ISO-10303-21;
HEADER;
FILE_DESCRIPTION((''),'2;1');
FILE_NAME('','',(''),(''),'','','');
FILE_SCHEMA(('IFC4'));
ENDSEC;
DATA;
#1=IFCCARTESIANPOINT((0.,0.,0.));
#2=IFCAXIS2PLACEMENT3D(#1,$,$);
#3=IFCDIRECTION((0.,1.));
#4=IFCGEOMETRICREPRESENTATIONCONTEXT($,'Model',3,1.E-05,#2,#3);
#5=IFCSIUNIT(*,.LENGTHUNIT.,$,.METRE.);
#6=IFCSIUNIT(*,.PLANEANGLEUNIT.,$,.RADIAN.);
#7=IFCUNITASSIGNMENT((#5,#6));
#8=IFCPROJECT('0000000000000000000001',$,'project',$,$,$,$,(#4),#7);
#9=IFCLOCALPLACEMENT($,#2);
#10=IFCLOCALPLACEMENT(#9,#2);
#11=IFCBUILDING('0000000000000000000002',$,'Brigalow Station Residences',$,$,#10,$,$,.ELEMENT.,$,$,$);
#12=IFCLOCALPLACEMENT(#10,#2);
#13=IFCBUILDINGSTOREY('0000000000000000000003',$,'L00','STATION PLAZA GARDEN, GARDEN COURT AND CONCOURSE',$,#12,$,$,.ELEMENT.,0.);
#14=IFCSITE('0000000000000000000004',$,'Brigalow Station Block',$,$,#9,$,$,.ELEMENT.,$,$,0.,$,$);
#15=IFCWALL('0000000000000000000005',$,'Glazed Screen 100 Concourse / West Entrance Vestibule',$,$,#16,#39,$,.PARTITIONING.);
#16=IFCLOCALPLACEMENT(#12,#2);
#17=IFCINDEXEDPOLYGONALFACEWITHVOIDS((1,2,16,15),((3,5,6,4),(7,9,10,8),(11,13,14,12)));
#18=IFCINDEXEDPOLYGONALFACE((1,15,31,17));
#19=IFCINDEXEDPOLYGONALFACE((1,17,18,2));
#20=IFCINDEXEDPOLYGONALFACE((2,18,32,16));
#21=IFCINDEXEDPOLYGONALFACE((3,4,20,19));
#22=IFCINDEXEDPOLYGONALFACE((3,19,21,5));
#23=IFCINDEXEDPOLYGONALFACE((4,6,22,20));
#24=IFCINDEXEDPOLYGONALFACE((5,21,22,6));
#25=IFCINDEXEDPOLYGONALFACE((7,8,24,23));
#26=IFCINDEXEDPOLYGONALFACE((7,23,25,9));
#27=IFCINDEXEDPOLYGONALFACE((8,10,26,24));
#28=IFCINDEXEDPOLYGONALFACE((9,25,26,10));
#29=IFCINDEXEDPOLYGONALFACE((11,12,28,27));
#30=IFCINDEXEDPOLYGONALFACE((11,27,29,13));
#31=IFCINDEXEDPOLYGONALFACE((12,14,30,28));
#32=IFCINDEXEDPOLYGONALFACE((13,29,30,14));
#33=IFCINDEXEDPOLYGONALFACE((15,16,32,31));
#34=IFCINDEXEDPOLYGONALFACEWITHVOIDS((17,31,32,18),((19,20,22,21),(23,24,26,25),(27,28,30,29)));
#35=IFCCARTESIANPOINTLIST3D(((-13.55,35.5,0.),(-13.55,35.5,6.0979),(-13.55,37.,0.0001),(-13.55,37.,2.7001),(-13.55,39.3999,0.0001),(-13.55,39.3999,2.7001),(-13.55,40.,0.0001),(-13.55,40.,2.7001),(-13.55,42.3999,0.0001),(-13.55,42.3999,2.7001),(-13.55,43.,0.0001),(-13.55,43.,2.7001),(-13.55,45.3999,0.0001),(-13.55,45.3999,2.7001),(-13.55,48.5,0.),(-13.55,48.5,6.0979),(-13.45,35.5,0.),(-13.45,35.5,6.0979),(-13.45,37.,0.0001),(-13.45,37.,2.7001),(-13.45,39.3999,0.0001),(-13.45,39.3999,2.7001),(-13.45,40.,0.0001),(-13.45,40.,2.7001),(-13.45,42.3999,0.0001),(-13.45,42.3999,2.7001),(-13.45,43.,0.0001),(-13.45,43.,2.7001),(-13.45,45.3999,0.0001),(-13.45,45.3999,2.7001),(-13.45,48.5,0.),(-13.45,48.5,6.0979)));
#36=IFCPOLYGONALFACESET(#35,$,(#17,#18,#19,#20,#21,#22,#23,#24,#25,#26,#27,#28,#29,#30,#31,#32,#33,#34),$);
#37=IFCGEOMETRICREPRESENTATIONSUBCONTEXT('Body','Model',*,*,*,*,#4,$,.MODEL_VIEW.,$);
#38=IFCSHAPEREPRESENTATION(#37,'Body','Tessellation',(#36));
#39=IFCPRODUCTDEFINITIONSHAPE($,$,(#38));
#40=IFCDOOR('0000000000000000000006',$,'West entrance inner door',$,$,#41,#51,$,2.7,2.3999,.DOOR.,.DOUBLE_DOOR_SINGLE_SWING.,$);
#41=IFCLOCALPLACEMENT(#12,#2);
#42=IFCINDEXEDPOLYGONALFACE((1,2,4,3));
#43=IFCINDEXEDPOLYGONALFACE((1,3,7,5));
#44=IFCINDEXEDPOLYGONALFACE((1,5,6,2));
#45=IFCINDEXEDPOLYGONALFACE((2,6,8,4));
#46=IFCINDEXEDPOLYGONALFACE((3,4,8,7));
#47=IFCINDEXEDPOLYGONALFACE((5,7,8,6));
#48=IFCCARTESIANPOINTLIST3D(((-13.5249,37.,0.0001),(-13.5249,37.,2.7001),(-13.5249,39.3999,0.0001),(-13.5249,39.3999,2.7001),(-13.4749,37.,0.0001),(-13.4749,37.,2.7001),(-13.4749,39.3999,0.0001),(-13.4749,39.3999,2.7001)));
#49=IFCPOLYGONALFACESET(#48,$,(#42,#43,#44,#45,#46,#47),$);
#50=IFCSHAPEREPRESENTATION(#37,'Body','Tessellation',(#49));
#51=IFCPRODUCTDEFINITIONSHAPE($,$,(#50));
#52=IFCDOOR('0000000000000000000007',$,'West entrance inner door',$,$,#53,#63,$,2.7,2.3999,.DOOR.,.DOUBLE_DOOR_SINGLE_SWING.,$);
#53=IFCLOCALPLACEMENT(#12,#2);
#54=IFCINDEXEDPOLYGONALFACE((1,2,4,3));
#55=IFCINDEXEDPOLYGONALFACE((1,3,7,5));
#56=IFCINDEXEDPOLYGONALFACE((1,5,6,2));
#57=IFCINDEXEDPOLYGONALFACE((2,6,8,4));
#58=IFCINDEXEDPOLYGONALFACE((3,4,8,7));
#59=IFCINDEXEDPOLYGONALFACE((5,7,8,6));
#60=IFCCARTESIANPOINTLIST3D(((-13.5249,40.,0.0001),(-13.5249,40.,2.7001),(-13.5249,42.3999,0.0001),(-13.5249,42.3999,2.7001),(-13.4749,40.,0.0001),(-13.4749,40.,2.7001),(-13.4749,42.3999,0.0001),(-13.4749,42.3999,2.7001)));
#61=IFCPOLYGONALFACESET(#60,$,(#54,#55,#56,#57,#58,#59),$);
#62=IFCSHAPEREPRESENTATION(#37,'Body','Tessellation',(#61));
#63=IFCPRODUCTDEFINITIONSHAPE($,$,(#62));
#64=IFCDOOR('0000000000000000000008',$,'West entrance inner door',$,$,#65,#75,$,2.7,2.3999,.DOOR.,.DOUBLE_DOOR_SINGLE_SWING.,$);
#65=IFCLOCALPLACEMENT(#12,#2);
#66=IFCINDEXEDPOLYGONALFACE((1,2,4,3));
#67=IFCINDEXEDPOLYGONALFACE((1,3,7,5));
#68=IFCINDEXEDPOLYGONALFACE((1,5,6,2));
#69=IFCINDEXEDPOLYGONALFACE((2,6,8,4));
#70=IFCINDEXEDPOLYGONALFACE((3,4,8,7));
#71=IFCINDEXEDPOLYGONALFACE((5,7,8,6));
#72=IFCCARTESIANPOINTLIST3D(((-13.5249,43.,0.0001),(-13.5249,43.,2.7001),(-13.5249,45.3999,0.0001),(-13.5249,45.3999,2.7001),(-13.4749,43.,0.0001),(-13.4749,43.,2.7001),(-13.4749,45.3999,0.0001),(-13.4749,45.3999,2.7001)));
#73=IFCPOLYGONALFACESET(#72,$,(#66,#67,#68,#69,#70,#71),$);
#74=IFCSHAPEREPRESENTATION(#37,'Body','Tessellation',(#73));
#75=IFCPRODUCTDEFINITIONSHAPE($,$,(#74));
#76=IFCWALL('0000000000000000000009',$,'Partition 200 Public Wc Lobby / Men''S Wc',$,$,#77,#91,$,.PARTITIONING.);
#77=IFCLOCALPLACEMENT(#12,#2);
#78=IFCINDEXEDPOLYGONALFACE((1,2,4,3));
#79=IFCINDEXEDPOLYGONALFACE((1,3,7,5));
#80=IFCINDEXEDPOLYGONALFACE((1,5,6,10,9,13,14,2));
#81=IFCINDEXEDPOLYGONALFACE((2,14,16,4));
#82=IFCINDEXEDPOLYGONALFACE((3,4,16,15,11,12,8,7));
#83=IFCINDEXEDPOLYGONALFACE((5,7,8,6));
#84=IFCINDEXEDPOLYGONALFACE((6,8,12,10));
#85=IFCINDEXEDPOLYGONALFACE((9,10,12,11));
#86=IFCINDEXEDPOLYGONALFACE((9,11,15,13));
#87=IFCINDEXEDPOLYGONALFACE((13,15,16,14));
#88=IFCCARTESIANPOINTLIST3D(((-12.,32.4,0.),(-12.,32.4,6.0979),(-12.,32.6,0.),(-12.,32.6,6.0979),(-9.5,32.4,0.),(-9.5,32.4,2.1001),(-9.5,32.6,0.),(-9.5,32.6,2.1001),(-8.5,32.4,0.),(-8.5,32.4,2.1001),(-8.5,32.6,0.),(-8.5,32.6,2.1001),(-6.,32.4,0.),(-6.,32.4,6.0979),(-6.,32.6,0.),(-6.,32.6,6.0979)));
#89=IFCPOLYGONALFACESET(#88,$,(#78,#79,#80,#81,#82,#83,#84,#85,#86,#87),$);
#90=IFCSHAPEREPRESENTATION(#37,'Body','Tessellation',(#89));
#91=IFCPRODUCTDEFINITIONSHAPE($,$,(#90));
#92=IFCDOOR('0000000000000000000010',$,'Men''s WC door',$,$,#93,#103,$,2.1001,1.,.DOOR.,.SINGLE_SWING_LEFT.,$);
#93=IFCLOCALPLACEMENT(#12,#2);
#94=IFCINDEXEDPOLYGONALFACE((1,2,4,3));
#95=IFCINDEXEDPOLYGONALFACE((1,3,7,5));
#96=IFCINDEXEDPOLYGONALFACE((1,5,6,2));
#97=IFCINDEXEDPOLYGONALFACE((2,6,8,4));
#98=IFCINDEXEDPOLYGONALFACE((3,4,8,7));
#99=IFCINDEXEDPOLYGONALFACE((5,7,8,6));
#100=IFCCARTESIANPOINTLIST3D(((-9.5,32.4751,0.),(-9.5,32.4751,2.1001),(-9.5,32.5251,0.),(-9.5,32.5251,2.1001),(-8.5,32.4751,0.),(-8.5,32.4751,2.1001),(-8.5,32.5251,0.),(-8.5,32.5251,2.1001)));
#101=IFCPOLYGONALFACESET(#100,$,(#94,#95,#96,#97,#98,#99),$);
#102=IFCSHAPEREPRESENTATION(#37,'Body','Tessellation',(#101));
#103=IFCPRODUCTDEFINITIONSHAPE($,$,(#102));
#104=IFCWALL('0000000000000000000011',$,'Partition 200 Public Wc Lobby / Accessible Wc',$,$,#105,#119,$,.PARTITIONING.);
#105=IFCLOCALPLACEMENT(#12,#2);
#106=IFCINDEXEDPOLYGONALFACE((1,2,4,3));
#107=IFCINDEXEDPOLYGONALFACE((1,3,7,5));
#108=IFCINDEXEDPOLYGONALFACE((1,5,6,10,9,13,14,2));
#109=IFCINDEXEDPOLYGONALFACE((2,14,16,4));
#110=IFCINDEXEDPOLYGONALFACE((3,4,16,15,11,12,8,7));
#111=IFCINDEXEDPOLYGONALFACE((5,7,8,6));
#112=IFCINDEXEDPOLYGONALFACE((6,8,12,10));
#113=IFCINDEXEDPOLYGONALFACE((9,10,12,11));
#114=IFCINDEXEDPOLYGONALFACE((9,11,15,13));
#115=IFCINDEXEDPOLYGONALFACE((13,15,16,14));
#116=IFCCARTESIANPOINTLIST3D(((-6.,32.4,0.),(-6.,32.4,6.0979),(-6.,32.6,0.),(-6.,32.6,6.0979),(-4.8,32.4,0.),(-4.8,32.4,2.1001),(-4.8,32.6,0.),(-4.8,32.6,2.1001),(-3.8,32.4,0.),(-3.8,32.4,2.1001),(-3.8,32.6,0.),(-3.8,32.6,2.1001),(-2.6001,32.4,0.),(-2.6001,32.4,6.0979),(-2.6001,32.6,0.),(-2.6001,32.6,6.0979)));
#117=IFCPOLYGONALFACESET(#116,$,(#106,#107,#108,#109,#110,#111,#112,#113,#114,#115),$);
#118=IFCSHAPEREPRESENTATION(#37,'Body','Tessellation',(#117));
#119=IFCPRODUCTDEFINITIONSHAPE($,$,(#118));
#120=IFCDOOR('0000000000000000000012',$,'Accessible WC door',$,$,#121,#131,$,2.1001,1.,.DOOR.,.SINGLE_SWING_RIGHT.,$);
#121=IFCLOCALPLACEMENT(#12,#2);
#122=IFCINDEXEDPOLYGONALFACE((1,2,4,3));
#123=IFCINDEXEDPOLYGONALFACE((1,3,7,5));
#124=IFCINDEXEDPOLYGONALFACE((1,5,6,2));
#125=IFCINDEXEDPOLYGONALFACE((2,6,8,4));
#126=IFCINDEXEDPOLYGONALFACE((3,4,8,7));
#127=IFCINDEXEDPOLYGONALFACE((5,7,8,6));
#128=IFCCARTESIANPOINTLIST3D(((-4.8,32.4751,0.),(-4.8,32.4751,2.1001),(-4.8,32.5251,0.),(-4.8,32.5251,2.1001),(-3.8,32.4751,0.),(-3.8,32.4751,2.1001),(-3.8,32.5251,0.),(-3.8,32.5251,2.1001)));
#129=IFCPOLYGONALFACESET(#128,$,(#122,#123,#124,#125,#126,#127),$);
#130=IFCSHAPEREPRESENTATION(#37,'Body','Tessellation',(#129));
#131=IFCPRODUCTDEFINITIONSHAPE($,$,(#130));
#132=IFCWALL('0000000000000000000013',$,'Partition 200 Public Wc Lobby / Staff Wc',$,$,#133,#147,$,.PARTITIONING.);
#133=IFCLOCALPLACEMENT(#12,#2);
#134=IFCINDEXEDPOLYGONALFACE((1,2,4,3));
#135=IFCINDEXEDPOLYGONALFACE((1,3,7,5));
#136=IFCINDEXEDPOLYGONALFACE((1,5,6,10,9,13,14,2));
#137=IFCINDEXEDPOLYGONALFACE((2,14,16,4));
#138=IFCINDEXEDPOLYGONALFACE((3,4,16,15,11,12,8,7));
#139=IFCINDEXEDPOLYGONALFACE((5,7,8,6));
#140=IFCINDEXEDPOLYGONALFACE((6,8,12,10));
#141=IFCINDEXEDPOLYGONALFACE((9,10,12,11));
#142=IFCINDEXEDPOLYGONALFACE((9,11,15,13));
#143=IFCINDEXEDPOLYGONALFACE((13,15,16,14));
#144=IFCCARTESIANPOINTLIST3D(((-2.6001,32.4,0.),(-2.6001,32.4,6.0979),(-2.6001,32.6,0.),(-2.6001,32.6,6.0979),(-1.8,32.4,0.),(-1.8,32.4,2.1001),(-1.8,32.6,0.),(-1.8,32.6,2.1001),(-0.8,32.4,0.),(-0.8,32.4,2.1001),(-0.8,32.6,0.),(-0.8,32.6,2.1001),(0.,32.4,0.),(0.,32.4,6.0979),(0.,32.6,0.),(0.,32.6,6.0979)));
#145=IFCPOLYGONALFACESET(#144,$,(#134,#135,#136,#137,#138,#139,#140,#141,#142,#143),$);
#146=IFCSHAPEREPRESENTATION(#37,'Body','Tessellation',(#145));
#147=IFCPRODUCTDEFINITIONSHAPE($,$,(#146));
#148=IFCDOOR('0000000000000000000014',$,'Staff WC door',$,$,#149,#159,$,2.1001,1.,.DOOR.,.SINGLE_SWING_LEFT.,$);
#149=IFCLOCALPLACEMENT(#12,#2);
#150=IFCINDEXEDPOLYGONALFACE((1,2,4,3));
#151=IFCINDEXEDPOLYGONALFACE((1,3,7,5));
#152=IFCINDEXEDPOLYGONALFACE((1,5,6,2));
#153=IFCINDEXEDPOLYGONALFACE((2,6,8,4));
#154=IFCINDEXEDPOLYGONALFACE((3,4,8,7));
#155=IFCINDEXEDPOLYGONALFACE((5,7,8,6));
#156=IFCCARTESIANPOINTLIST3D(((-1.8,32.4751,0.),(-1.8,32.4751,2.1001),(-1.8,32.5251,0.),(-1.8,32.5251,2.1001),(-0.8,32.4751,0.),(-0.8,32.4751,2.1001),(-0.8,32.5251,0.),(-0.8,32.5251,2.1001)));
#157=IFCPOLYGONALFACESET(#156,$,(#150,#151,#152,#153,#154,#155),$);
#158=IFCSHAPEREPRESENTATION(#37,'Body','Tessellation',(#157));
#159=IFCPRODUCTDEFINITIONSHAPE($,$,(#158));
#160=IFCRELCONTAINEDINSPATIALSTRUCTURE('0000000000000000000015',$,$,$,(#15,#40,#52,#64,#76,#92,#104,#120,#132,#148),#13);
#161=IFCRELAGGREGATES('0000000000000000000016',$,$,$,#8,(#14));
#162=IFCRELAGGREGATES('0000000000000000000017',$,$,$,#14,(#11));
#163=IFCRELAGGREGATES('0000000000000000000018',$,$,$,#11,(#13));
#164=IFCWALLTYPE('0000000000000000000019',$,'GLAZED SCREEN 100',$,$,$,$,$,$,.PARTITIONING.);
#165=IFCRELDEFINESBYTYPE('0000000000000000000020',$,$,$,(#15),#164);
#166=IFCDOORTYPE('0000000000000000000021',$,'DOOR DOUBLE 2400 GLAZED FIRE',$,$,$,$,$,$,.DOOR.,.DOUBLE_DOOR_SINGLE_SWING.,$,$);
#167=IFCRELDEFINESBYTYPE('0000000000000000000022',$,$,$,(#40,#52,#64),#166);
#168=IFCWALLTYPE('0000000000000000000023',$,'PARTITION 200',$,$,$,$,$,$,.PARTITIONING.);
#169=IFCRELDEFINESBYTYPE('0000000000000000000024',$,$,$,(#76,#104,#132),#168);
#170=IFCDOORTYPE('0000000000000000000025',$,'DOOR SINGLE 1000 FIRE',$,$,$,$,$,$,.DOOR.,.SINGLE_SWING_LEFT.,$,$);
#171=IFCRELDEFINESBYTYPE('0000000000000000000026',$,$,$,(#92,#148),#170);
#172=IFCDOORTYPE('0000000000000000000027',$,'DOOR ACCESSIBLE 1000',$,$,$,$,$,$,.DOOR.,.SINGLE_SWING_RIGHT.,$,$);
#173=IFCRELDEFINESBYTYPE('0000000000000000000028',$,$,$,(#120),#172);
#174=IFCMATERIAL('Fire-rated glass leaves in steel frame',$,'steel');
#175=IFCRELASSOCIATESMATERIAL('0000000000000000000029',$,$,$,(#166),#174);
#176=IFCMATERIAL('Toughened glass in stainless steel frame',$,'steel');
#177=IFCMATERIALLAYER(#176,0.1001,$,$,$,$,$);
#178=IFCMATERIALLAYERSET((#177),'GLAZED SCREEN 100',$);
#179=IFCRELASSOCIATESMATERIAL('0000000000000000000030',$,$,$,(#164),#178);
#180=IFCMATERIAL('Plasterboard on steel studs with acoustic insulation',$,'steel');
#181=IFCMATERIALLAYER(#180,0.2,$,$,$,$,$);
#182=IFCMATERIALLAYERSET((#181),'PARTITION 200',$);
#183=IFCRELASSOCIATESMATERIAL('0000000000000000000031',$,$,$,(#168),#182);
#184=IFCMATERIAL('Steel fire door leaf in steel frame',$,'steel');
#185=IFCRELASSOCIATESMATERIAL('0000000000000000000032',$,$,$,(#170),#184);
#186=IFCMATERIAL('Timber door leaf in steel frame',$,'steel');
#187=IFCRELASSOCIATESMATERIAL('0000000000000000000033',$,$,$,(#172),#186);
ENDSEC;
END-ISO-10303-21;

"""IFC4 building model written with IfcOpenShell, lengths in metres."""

from ifc_helpers import new_model, si_unit, direction, frame, frame_2d, origin, place, context, subcontext, project, spatial, rectangle, extrude, material, layer, layer_set, type_object, element, fill, save


model = new_model("IFC4")

# Units and contexts
model_context = context("Model", 3, precision=1e-05, world=origin(), true_north=direction((0.0, 1.0)))
body_context = subcontext(model_context, "Body", "Model", "MODEL_VIEW")
ifc_project = project(units=[si_unit("LENGTHUNIT", "METRE"), si_unit("PLANEANGLEUNIT", "RADIAN")], contexts=[model_context])

# Site, building, storey
site_placement = place(None, origin())
site = spatial("IfcSite", under=ifc_project, at=site_placement, Name="Brigalow Station Block", CompositionType="ELEMENT", RefElevation=0.0)
building_placement = place(site_placement, origin())
building = spatial("IfcBuilding", under=site, at=building_placement, Name="Brigalow Station Residences", CompositionType="ELEMENT")
storey_placement = place(building_placement, origin())
storey = spatial("IfcBuildingStorey", under=building, at=storey_placement, Name="L00", Description="STATION PLAZA GARDEN, GARDEN COURT AND CONCOURSE", CompositionType="ELEMENT", Elevation=0.0)

# Shared definitions
ifc_material_1 = material(Name="Fire-rated glass leaves in steel frame", Category="steel")
door_type_1 = type_object("IfcDoorType", Name="DOOR DOUBLE 2400 GLAZED FIRE", OperationType="DOUBLE_DOOR_SINGLE_SWING", PredefinedType="DOOR", material=ifc_material_1)

# Wall, openings, doors
ifc_material_2 = material(Name="Toughened glass in stainless steel frame", Category="steel")
ifc_layer_1 = layer(ifc_material_2, 0.1001)
ifc_layer_set_1 = layer_set([ifc_layer_1], Name="GLAZED SCREEN 100")
wall_type_1 = type_object("IfcWallType", Name="GLAZED SCREEN 100", PredefinedType="PARTITIONING", material=ifc_layer_set_1)
wall_1_placement = place(storey_placement, frame((-13.5, 35.5, 0.0), z_axis=(0.0, 0.0, 1.0), x_axis=(0.0, 1.0, 0.0)))
wall_1 = element("IfcWall", 1, at=wall_1_placement, inside=storey, type_object=wall_type_1, Name="Glazed Screen 100 Concourse / West Entrance Vestibule", PredefinedType="PARTITIONING", context=body_context, shape_type="SweptSolid", body=[
    extrude(rectangle(XDim=13.0, YDim=0.1001, at=frame_2d((6.5, 0.0))), origin(), (0.0, 0.0, 1.0), 6.0979),
])
opening_1_placement = place(wall_1_placement, frame((1.5, 0.0, 0.0)))
opening_1 = element("IfcOpeningElement", 2, at=opening_1_placement, cuts=wall_1, PredefinedType="OPENING", context=body_context, shape_type="SweptSolid", body=[
    extrude(rectangle(XDim=2.3999, YDim=2.7, at=frame_2d((1.2, 1.3501))), frame((0.0, 0.0601, 0.0), z_axis=(0.0, -1.0, 0.0), x_axis=(1.0, 0.0, 0.0)), (0.0, 0.0, 1.0), 0.1201),
])
opening_2_placement = place(wall_1_placement, frame((4.5, 0.0, 0.0)))
opening_2 = element("IfcOpeningElement", 3, at=opening_2_placement, cuts=wall_1, PredefinedType="OPENING", context=body_context, shape_type="SweptSolid", body=[
    extrude(rectangle(XDim=2.3999, YDim=2.7, at=frame_2d((1.2, 1.3501))), frame((0.0, 0.0601, 0.0), z_axis=(0.0, -1.0, 0.0), x_axis=(1.0, 0.0, 0.0)), (0.0, 0.0, 1.0), 0.1201),
])
opening_3_placement = place(wall_1_placement, frame((7.5, 0.0, 0.0)))
opening_3 = element("IfcOpeningElement", 4, at=opening_3_placement, cuts=wall_1, PredefinedType="OPENING", context=body_context, shape_type="SweptSolid", body=[
    extrude(rectangle(XDim=2.3999, YDim=2.7, at=frame_2d((1.2, 1.3501))), frame((0.0, 0.0601, 0.0), z_axis=(0.0, -1.0, 0.0), x_axis=(1.0, 0.0, 0.0)), (0.0, 0.0, 1.0), 0.1201),
])
door_1_placement = place(opening_1_placement, origin())
door_1 = element("IfcDoor", 5, at=door_1_placement, inside=storey, type_object=door_type_1, Name="West entrance inner door", OperationType="DOUBLE_DOOR_SINGLE_SWING", OverallHeight=2.7, OverallWidth=2.3999, PredefinedType="DOOR", context=body_context, shape_type="SweptSolid", body=[
    extrude(rectangle(XDim=2.3999, YDim=2.7, at=frame_2d((1.2, 1.3501))), frame((0.0, 0.0249, 0.0), z_axis=(0.0, -1.0, 0.0), x_axis=(1.0, 0.0, 0.0)), (0.0, 0.0, 1.0), 0.05),
])
fill(opening_1, door_1)
door_2_placement = place(opening_2_placement, origin())
door_2 = element("IfcDoor", 6, at=door_2_placement, inside=storey, type_object=door_type_1, Name="West entrance inner door", OperationType="DOUBLE_DOOR_SINGLE_SWING", OverallHeight=2.7, OverallWidth=2.3999, PredefinedType="DOOR", context=body_context, shape_type="SweptSolid", body=[
    extrude(rectangle(XDim=2.3999, YDim=2.7, at=frame_2d((1.2, 1.3501))), frame((0.0, 0.0249, 0.0), z_axis=(0.0, -1.0, 0.0), x_axis=(1.0, 0.0, 0.0)), (0.0, 0.0, 1.0), 0.05),
])
fill(opening_2, door_2)
door_3_placement = place(opening_3_placement, origin())
door_3 = element("IfcDoor", 7, at=door_3_placement, inside=storey, type_object=door_type_1, Name="West entrance inner door", OperationType="DOUBLE_DOOR_SINGLE_SWING", OverallHeight=2.7, OverallWidth=2.3999, PredefinedType="DOOR", context=body_context, shape_type="SweptSolid", body=[
    extrude(rectangle(XDim=2.3999, YDim=2.7, at=frame_2d((1.2, 1.3501))), frame((0.0, 0.0249, 0.0), z_axis=(0.0, -1.0, 0.0), x_axis=(1.0, 0.0, 0.0)), (0.0, 0.0, 1.0), 0.05),
])
fill(opening_3, door_3)

# Walls, openings, doors
ifc_material_3 = material(Name="Plasterboard on steel studs with acoustic insulation", Category="steel")
ifc_layer_2 = layer(ifc_material_3, 0.2)
ifc_layer_set_2 = layer_set([ifc_layer_2], Name="PARTITION 200")
wall_type_2 = type_object("IfcWallType", Name="PARTITION 200", PredefinedType="PARTITIONING", material=ifc_layer_set_2)
wall_2_placement = place(storey_placement, frame((-12.0, 32.5, 0.0), z_axis=(0.0, 0.0, 1.0), x_axis=(1.0, 0.0, 0.0)))
wall_2 = element("IfcWall", 8, at=wall_2_placement, inside=storey, type_object=wall_type_2, Name="Partition 200 Public Wc Lobby / Men'S Wc", PredefinedType="PARTITIONING", context=body_context, shape_type="SweptSolid", body=[
    extrude(rectangle(XDim=6.0, YDim=0.2, at=frame_2d((3.0, 0.0))), origin(), (0.0, 0.0, 1.0), 6.0979),
])
opening_4_placement = place(wall_2_placement, frame((2.5, 0.0, 0.0)))
opening_4 = element("IfcOpeningElement", 9, at=opening_4_placement, cuts=wall_2, PredefinedType="OPENING", context=body_context, shape_type="SweptSolid", body=[
    extrude(rectangle(XDim=1.0, YDim=2.1001, at=frame_2d((0.5, 1.05))), frame((0.0, 0.1099, 0.0), z_axis=(0.0, -1.0, 0.0), x_axis=(1.0, 0.0, 0.0)), (0.0, 0.0, 1.0), 0.22),
])
ifc_material_4 = material(Name="Steel fire door leaf in steel frame", Category="steel")
door_type_2 = type_object("IfcDoorType", Name="DOOR SINGLE 1000 FIRE", OperationType="SINGLE_SWING_LEFT", PredefinedType="DOOR", material=ifc_material_4)
door_4_placement = place(opening_4_placement, frame((1.0, 0.0, 0.0), z_axis=(0.0, 0.0, 1.0), x_axis=(-1.0, 0.0, 0.0)))
door_4 = element("IfcDoor", 10, at=door_4_placement, inside=storey, type_object=door_type_2, Name="Men's WC door", OperationType="SINGLE_SWING_LEFT", OverallHeight=2.1001, OverallWidth=1.0, PredefinedType="DOOR", context=body_context, shape_type="SweptSolid", body=[
    extrude(rectangle(XDim=1.0, YDim=2.1001, at=frame_2d((0.5, 1.05))), frame((0.0, 0.0249, 0.0), z_axis=(0.0, -1.0, 0.0), x_axis=(1.0, 0.0, 0.0)), (0.0, 0.0, 1.0), 0.05),
])
fill(opening_4, door_4)
wall_3_placement = place(storey_placement, frame((-6.0, 32.5, 0.0), z_axis=(0.0, 0.0, 1.0), x_axis=(1.0, 0.0, 0.0)))
wall_3 = element("IfcWall", 11, at=wall_3_placement, inside=storey, type_object=wall_type_2, Name="Partition 200 Public Wc Lobby / Accessible Wc", PredefinedType="PARTITIONING", context=body_context, shape_type="SweptSolid", body=[
    extrude(rectangle(XDim=3.3999, YDim=0.2, at=frame_2d((1.7, 0.0))), origin(), (0.0, 0.0, 1.0), 6.0979),
])
opening_5_placement = place(wall_3_placement, frame((1.2, 0.0, 0.0)))
opening_5 = element("IfcOpeningElement", 12, at=opening_5_placement, cuts=wall_3, PredefinedType="OPENING", context=body_context, shape_type="SweptSolid", body=[
    extrude(rectangle(XDim=1.0, YDim=2.1001, at=frame_2d((0.5, 1.05))), frame((0.0, 0.1099, 0.0), z_axis=(0.0, -1.0, 0.0), x_axis=(1.0, 0.0, 0.0)), (0.0, 0.0, 1.0), 0.22),
])
ifc_material_5 = material(Name="Timber door leaf in steel frame", Category="steel")
door_type_3 = type_object("IfcDoorType", Name="DOOR ACCESSIBLE 1000", OperationType="SINGLE_SWING_RIGHT", PredefinedType="DOOR", material=ifc_material_5)
door_5_placement = place(opening_5_placement, frame((1.0, 0.0, 0.0), z_axis=(0.0, 0.0, 1.0), x_axis=(-1.0, 0.0, 0.0)))
door_5 = element("IfcDoor", 13, at=door_5_placement, inside=storey, type_object=door_type_3, Name="Accessible WC door", OperationType="SINGLE_SWING_RIGHT", OverallHeight=2.1001, OverallWidth=1.0, PredefinedType="DOOR", context=body_context, shape_type="SweptSolid", body=[
    extrude(rectangle(XDim=1.0, YDim=2.1001, at=frame_2d((0.5, 1.05))), frame((0.0, 0.0249, 0.0), z_axis=(0.0, -1.0, 0.0), x_axis=(1.0, 0.0, 0.0)), (0.0, 0.0, 1.0), 0.05),
])
fill(opening_5, door_5)
wall_4_placement = place(storey_placement, frame((-2.6001, 32.5, 0.0), z_axis=(0.0, 0.0, 1.0), x_axis=(1.0, 0.0, 0.0)))
wall_4 = element("IfcWall", 14, at=wall_4_placement, inside=storey, type_object=wall_type_2, Name="Partition 200 Public Wc Lobby / Staff Wc", PredefinedType="PARTITIONING", context=body_context, shape_type="SweptSolid", body=[
    extrude(rectangle(XDim=2.6001, YDim=0.2, at=frame_2d((1.3, 0.0))), origin(), (0.0, 0.0, 1.0), 6.0979),
])
opening_6_placement = place(wall_4_placement, frame((0.8, 0.0, 0.0)))
opening_6 = element("IfcOpeningElement", 15, at=opening_6_placement, cuts=wall_4, PredefinedType="OPENING", context=body_context, shape_type="SweptSolid", body=[
    extrude(rectangle(XDim=1.0, YDim=2.1001, at=frame_2d((0.5, 1.05))), frame((0.0, 0.1099, 0.0), z_axis=(0.0, -1.0, 0.0), x_axis=(1.0, 0.0, 0.0)), (0.0, 0.0, 1.0), 0.22),
])
door_6_placement = place(opening_6_placement, frame((1.0, 0.0, 0.0), z_axis=(0.0, 0.0, 1.0), x_axis=(-1.0, 0.0, 0.0)))
door_6 = element("IfcDoor", 16, at=door_6_placement, inside=storey, type_object=door_type_2, Name="Staff WC door", OperationType="SINGLE_SWING_LEFT", OverallHeight=2.1001, OverallWidth=1.0, PredefinedType="DOOR", context=body_context, shape_type="SweptSolid", body=[
    extrude(rectangle(XDim=1.0, YDim=2.1001, at=frame_2d((0.5, 1.05))), frame((0.0, 0.0249, 0.0), z_axis=(0.0, -1.0, 0.0), x_axis=(1.0, 0.0, 0.0)), (0.0, 0.0, 1.0), 0.05),
])
fill(opening_6, door_6)

save(model, "model.ifc")
